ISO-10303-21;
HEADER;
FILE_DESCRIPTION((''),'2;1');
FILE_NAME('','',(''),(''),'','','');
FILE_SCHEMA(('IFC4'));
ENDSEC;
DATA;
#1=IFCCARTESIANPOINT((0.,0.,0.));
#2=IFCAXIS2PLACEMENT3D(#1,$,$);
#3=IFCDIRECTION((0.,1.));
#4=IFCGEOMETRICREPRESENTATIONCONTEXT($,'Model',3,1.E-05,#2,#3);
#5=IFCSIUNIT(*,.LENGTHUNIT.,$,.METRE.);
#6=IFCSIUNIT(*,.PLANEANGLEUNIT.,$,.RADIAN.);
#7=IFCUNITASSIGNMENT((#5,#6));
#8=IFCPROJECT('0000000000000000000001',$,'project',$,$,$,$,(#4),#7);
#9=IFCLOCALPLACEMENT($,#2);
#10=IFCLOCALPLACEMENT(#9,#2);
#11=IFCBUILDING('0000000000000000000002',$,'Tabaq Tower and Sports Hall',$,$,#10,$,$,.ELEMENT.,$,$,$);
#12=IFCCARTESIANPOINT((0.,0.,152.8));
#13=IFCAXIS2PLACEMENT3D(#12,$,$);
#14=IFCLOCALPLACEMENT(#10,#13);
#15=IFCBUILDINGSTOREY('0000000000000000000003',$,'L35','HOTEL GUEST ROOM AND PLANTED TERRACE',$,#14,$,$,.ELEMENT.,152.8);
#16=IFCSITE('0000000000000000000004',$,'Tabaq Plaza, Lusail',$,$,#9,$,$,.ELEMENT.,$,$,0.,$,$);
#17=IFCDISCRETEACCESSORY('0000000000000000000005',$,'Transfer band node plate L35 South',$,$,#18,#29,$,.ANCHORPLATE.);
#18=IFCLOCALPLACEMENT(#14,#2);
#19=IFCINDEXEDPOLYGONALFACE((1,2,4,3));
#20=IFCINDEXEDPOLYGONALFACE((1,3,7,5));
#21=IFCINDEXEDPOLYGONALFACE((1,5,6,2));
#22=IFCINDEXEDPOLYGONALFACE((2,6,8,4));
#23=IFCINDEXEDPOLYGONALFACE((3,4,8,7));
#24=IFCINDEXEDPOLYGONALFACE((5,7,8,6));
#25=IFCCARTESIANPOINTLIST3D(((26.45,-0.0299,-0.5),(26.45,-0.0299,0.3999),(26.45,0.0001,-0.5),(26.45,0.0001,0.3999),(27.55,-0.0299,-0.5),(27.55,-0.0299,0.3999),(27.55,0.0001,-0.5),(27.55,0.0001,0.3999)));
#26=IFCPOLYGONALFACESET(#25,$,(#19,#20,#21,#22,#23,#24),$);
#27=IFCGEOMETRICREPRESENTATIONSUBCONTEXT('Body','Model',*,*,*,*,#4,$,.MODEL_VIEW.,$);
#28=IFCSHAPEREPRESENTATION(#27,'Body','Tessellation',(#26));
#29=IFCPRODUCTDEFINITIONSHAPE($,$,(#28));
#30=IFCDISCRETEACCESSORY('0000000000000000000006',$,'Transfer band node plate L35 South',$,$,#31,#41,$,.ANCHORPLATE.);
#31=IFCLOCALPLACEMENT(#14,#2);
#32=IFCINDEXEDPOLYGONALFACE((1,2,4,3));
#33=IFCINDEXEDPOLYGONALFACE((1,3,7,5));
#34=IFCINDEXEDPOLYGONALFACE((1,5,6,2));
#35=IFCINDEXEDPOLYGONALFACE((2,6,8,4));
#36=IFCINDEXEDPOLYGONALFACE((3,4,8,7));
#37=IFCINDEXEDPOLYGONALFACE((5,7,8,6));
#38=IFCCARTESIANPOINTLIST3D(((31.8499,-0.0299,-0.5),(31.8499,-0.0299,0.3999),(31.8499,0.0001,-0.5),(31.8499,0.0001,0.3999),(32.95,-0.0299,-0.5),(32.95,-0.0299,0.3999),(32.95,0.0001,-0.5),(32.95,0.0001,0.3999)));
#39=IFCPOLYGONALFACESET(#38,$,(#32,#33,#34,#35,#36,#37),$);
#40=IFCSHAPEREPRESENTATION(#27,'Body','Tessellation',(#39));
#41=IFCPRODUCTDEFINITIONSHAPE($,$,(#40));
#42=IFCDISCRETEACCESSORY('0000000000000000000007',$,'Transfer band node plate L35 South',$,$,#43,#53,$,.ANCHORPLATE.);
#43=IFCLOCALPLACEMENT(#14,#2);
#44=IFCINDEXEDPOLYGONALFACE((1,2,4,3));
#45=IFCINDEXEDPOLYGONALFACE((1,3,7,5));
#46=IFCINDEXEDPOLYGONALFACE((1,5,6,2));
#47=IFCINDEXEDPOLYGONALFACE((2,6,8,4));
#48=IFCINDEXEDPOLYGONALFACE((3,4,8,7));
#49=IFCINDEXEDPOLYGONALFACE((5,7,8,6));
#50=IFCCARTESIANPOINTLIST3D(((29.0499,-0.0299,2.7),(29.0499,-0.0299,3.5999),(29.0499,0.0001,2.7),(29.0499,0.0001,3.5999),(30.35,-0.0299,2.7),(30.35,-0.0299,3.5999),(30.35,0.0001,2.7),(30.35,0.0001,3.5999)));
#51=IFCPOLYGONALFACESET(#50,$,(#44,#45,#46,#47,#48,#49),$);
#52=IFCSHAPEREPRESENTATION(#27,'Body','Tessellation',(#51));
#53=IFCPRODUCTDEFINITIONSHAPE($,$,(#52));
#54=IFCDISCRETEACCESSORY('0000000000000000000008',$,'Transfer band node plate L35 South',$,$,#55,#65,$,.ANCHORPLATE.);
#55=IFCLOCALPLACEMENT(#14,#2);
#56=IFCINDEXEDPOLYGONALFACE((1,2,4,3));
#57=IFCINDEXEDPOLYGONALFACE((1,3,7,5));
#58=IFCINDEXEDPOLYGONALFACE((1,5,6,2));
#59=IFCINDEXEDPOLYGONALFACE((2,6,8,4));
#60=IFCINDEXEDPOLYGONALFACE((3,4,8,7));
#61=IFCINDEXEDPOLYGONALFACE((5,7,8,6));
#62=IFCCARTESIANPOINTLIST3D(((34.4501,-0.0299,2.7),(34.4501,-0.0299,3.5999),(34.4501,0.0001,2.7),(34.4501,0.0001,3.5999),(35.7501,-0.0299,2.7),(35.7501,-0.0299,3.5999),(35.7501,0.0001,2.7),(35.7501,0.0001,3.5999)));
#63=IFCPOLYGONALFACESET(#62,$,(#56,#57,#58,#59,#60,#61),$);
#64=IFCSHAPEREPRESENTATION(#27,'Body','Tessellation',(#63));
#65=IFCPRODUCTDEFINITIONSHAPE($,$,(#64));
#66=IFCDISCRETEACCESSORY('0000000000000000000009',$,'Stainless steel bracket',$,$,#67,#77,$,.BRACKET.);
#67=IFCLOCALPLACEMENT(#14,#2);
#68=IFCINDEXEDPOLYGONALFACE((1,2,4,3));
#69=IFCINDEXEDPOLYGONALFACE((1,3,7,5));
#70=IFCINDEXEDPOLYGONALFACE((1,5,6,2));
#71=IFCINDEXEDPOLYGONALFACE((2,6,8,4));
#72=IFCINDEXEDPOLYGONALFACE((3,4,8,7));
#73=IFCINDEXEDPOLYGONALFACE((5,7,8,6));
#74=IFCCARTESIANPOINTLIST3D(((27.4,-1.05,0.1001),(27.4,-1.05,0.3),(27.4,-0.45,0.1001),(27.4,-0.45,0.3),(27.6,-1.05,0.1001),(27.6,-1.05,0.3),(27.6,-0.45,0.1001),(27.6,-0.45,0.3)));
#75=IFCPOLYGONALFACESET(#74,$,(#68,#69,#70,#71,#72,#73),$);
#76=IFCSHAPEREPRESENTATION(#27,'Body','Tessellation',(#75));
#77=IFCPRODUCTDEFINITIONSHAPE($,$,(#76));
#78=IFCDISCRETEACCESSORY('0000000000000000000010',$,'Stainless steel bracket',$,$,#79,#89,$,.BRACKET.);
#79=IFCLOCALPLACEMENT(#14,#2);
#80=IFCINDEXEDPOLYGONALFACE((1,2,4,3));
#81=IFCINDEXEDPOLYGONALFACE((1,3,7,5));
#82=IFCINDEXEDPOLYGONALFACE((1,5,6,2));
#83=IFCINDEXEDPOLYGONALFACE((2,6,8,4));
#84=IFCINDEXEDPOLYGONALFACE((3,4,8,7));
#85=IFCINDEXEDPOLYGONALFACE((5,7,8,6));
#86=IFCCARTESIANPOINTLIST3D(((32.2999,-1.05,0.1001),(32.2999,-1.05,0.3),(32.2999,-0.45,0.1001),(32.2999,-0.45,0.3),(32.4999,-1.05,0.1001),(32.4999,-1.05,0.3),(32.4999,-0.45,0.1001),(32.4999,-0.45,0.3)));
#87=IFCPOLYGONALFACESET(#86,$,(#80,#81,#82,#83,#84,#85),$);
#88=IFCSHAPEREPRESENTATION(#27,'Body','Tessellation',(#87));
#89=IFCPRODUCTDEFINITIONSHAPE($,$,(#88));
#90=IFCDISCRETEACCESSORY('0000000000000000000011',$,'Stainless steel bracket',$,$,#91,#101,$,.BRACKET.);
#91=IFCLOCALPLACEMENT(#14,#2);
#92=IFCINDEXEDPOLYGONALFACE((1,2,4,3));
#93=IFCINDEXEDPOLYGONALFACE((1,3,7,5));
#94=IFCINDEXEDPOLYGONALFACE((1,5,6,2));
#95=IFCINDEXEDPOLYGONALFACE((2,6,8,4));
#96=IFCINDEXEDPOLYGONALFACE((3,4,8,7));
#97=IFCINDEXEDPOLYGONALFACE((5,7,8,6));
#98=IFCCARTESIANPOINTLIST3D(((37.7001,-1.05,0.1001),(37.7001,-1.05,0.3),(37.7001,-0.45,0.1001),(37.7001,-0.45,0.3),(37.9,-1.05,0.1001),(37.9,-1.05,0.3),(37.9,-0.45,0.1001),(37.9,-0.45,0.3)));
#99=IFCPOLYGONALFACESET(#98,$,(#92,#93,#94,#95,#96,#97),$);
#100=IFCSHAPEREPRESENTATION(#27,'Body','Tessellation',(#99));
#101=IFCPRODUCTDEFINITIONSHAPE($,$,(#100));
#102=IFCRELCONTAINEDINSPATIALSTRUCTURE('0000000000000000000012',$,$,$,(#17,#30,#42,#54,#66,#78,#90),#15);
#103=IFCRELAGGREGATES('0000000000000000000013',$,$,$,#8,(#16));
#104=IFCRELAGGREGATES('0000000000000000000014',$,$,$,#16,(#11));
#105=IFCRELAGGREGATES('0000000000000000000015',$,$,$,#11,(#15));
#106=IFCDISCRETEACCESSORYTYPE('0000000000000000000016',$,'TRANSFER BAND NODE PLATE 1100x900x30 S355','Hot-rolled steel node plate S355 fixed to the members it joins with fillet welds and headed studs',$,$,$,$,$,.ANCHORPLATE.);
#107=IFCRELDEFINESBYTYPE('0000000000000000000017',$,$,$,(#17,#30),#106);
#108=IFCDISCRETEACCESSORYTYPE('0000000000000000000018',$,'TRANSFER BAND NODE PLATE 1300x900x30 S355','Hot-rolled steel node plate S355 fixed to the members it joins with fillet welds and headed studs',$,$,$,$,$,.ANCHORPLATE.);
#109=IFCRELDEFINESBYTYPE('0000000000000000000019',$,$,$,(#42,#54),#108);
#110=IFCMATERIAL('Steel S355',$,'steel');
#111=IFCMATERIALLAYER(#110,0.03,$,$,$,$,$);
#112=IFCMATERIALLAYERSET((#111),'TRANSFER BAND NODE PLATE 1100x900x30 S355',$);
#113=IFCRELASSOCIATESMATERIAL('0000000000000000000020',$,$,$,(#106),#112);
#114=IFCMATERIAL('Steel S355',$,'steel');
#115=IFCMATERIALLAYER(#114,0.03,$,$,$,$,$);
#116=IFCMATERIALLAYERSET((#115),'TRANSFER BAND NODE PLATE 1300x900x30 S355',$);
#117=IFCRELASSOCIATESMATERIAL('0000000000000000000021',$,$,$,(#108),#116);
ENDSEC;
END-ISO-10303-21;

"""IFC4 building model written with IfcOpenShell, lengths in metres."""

from ifc_helpers import new_model, si_unit, direction, frame, origin, origin_2d, place, context, subcontext, project, spatial, rectangle, extrude, material, layer, layer_set, type_object, element, save


model = new_model("IFC4")

# Units and contexts
model_context = context("Model", 3, precision=1e-05, world=origin(), true_north=direction((0.0, 1.0)))
body_context = subcontext(model_context, "Body", "Model", "MODEL_VIEW")
ifc_project = project(units=[si_unit("LENGTHUNIT", "METRE"), si_unit("PLANEANGLEUNIT", "RADIAN")], contexts=[model_context])

# Site, building, storey
site_placement = place(None, origin())
site = spatial("IfcSite", under=ifc_project, at=site_placement, Name="Tabaq Plaza, Lusail", CompositionType="ELEMENT", RefElevation=0.0)
building_placement = place(site_placement, origin())
building = spatial("IfcBuilding", under=site, at=building_placement, Name="Tabaq Tower and Sports Hall", CompositionType="ELEMENT")
storey_placement = place(building_placement, frame((0.0, 0.0, 152.8)))
storey = spatial("IfcBuildingStorey", under=building, at=storey_placement, Name="L35", Description="HOTEL GUEST ROOM AND PLANTED TERRACE", CompositionType="ELEMENT", Elevation=152.8)

# Discrete accessories
ifc_material_1 = material(Name="Steel S355", Category="steel")
ifc_layer_1 = layer(ifc_material_1, 0.03)
ifc_layer_set_1 = layer_set([ifc_layer_1], Name="TRANSFER BAND NODE PLATE 1100x900x30 S355")
discrete_accessory_type_1 = type_object("IfcDiscreteAccessoryType", Name="TRANSFER BAND NODE PLATE 1100x900x30 S355", Description="Hot-rolled steel node plate S355 fixed to the members it joins with fillet welds and headed studs", PredefinedType="ANCHORPLATE", material=ifc_layer_set_1)
for number, where, z_axis, x_axis, name in (
    (1, (27.0, -0.0149, -0.5), (0.0, 0.0, 1.0), (1.0, 0.0, 0.0), "Transfer band node plate L35 South"),
    (2, (32.3999, -0.0149, -0.5), (0.0, 0.0, 1.0), (1.0, 0.0, 0.0), "Transfer band node plate L35 South"),
):
    element("IfcDiscreteAccessory", number, at=place(storey_placement, frame(where, z_axis=z_axis, x_axis=x_axis)), inside=storey, type_object=discrete_accessory_type_1, Name=name, PredefinedType="ANCHORPLATE", context=body_context, shape_type="SweptSolid", body=[
        extrude(rectangle(XDim=1.1001, YDim=0.03, at=origin_2d()), origin(), (0.0, 0.0, 1.0), 0.8999),
    ])
ifc_material_2 = material(Name="Steel S355", Category="steel")
ifc_layer_2 = layer(ifc_material_2, 0.03)
ifc_layer_set_2 = layer_set([ifc_layer_2], Name="TRANSFER BAND NODE PLATE 1300x900x30 S355")
discrete_accessory_type_2 = type_object("IfcDiscreteAccessoryType", Name="TRANSFER BAND NODE PLATE 1300x900x30 S355", Description="Hot-rolled steel node plate S355 fixed to the members it joins with fillet welds and headed studs", PredefinedType="ANCHORPLATE", material=ifc_layer_set_2)
for number, where, z_axis, x_axis, name in (
    (3, (29.7, -0.0149, 2.7), (0.0, 0.0, 1.0), (1.0, 0.0, 0.0), "Transfer band node plate L35 South"),
    (4, (35.1001, -0.0149, 2.7), (0.0, 0.0, 1.0), (1.0, 0.0, 0.0), "Transfer band node plate L35 South"),
):
    element("IfcDiscreteAccessory", number, at=place(storey_placement, frame(where, z_axis=z_axis, x_axis=x_axis)), inside=storey, type_object=discrete_accessory_type_2, Name=name, PredefinedType="ANCHORPLATE", context=body_context, shape_type="SweptSolid", body=[
        extrude(rectangle(XDim=1.3, YDim=0.03, at=origin_2d()), origin(), (0.0, 0.0, 1.0), 0.8999),
    ])
for number, where, z_axis, x_axis, name in (
    (5, (27.5, -0.75, 0.1001), (0.0, 0.0, 1.0), (0.0, -1.0, 0.0), "Stainless steel bracket"),
    (6, (32.3999, -0.75, 0.1001), (0.0, 0.0, 1.0), (0.0, -1.0, 0.0), "Stainless steel bracket"),
    (7, (37.8, -0.75, 0.1001), (0.0, 0.0, 1.0), (0.0, -1.0, 0.0), "Stainless steel bracket"),
):
    element("IfcDiscreteAccessory", number, at=place(storey_placement, frame(where, z_axis=z_axis, x_axis=x_axis)), inside=storey, Name=name, PredefinedType="BRACKET", context=body_context, shape_type="SweptSolid", body=[
        extrude(rectangle(XDim=0.6001, YDim=0.2, at=origin_2d()), origin(), (0.0, 0.0, 1.0), 0.2),
    ])

save(model, "model.ifc")
